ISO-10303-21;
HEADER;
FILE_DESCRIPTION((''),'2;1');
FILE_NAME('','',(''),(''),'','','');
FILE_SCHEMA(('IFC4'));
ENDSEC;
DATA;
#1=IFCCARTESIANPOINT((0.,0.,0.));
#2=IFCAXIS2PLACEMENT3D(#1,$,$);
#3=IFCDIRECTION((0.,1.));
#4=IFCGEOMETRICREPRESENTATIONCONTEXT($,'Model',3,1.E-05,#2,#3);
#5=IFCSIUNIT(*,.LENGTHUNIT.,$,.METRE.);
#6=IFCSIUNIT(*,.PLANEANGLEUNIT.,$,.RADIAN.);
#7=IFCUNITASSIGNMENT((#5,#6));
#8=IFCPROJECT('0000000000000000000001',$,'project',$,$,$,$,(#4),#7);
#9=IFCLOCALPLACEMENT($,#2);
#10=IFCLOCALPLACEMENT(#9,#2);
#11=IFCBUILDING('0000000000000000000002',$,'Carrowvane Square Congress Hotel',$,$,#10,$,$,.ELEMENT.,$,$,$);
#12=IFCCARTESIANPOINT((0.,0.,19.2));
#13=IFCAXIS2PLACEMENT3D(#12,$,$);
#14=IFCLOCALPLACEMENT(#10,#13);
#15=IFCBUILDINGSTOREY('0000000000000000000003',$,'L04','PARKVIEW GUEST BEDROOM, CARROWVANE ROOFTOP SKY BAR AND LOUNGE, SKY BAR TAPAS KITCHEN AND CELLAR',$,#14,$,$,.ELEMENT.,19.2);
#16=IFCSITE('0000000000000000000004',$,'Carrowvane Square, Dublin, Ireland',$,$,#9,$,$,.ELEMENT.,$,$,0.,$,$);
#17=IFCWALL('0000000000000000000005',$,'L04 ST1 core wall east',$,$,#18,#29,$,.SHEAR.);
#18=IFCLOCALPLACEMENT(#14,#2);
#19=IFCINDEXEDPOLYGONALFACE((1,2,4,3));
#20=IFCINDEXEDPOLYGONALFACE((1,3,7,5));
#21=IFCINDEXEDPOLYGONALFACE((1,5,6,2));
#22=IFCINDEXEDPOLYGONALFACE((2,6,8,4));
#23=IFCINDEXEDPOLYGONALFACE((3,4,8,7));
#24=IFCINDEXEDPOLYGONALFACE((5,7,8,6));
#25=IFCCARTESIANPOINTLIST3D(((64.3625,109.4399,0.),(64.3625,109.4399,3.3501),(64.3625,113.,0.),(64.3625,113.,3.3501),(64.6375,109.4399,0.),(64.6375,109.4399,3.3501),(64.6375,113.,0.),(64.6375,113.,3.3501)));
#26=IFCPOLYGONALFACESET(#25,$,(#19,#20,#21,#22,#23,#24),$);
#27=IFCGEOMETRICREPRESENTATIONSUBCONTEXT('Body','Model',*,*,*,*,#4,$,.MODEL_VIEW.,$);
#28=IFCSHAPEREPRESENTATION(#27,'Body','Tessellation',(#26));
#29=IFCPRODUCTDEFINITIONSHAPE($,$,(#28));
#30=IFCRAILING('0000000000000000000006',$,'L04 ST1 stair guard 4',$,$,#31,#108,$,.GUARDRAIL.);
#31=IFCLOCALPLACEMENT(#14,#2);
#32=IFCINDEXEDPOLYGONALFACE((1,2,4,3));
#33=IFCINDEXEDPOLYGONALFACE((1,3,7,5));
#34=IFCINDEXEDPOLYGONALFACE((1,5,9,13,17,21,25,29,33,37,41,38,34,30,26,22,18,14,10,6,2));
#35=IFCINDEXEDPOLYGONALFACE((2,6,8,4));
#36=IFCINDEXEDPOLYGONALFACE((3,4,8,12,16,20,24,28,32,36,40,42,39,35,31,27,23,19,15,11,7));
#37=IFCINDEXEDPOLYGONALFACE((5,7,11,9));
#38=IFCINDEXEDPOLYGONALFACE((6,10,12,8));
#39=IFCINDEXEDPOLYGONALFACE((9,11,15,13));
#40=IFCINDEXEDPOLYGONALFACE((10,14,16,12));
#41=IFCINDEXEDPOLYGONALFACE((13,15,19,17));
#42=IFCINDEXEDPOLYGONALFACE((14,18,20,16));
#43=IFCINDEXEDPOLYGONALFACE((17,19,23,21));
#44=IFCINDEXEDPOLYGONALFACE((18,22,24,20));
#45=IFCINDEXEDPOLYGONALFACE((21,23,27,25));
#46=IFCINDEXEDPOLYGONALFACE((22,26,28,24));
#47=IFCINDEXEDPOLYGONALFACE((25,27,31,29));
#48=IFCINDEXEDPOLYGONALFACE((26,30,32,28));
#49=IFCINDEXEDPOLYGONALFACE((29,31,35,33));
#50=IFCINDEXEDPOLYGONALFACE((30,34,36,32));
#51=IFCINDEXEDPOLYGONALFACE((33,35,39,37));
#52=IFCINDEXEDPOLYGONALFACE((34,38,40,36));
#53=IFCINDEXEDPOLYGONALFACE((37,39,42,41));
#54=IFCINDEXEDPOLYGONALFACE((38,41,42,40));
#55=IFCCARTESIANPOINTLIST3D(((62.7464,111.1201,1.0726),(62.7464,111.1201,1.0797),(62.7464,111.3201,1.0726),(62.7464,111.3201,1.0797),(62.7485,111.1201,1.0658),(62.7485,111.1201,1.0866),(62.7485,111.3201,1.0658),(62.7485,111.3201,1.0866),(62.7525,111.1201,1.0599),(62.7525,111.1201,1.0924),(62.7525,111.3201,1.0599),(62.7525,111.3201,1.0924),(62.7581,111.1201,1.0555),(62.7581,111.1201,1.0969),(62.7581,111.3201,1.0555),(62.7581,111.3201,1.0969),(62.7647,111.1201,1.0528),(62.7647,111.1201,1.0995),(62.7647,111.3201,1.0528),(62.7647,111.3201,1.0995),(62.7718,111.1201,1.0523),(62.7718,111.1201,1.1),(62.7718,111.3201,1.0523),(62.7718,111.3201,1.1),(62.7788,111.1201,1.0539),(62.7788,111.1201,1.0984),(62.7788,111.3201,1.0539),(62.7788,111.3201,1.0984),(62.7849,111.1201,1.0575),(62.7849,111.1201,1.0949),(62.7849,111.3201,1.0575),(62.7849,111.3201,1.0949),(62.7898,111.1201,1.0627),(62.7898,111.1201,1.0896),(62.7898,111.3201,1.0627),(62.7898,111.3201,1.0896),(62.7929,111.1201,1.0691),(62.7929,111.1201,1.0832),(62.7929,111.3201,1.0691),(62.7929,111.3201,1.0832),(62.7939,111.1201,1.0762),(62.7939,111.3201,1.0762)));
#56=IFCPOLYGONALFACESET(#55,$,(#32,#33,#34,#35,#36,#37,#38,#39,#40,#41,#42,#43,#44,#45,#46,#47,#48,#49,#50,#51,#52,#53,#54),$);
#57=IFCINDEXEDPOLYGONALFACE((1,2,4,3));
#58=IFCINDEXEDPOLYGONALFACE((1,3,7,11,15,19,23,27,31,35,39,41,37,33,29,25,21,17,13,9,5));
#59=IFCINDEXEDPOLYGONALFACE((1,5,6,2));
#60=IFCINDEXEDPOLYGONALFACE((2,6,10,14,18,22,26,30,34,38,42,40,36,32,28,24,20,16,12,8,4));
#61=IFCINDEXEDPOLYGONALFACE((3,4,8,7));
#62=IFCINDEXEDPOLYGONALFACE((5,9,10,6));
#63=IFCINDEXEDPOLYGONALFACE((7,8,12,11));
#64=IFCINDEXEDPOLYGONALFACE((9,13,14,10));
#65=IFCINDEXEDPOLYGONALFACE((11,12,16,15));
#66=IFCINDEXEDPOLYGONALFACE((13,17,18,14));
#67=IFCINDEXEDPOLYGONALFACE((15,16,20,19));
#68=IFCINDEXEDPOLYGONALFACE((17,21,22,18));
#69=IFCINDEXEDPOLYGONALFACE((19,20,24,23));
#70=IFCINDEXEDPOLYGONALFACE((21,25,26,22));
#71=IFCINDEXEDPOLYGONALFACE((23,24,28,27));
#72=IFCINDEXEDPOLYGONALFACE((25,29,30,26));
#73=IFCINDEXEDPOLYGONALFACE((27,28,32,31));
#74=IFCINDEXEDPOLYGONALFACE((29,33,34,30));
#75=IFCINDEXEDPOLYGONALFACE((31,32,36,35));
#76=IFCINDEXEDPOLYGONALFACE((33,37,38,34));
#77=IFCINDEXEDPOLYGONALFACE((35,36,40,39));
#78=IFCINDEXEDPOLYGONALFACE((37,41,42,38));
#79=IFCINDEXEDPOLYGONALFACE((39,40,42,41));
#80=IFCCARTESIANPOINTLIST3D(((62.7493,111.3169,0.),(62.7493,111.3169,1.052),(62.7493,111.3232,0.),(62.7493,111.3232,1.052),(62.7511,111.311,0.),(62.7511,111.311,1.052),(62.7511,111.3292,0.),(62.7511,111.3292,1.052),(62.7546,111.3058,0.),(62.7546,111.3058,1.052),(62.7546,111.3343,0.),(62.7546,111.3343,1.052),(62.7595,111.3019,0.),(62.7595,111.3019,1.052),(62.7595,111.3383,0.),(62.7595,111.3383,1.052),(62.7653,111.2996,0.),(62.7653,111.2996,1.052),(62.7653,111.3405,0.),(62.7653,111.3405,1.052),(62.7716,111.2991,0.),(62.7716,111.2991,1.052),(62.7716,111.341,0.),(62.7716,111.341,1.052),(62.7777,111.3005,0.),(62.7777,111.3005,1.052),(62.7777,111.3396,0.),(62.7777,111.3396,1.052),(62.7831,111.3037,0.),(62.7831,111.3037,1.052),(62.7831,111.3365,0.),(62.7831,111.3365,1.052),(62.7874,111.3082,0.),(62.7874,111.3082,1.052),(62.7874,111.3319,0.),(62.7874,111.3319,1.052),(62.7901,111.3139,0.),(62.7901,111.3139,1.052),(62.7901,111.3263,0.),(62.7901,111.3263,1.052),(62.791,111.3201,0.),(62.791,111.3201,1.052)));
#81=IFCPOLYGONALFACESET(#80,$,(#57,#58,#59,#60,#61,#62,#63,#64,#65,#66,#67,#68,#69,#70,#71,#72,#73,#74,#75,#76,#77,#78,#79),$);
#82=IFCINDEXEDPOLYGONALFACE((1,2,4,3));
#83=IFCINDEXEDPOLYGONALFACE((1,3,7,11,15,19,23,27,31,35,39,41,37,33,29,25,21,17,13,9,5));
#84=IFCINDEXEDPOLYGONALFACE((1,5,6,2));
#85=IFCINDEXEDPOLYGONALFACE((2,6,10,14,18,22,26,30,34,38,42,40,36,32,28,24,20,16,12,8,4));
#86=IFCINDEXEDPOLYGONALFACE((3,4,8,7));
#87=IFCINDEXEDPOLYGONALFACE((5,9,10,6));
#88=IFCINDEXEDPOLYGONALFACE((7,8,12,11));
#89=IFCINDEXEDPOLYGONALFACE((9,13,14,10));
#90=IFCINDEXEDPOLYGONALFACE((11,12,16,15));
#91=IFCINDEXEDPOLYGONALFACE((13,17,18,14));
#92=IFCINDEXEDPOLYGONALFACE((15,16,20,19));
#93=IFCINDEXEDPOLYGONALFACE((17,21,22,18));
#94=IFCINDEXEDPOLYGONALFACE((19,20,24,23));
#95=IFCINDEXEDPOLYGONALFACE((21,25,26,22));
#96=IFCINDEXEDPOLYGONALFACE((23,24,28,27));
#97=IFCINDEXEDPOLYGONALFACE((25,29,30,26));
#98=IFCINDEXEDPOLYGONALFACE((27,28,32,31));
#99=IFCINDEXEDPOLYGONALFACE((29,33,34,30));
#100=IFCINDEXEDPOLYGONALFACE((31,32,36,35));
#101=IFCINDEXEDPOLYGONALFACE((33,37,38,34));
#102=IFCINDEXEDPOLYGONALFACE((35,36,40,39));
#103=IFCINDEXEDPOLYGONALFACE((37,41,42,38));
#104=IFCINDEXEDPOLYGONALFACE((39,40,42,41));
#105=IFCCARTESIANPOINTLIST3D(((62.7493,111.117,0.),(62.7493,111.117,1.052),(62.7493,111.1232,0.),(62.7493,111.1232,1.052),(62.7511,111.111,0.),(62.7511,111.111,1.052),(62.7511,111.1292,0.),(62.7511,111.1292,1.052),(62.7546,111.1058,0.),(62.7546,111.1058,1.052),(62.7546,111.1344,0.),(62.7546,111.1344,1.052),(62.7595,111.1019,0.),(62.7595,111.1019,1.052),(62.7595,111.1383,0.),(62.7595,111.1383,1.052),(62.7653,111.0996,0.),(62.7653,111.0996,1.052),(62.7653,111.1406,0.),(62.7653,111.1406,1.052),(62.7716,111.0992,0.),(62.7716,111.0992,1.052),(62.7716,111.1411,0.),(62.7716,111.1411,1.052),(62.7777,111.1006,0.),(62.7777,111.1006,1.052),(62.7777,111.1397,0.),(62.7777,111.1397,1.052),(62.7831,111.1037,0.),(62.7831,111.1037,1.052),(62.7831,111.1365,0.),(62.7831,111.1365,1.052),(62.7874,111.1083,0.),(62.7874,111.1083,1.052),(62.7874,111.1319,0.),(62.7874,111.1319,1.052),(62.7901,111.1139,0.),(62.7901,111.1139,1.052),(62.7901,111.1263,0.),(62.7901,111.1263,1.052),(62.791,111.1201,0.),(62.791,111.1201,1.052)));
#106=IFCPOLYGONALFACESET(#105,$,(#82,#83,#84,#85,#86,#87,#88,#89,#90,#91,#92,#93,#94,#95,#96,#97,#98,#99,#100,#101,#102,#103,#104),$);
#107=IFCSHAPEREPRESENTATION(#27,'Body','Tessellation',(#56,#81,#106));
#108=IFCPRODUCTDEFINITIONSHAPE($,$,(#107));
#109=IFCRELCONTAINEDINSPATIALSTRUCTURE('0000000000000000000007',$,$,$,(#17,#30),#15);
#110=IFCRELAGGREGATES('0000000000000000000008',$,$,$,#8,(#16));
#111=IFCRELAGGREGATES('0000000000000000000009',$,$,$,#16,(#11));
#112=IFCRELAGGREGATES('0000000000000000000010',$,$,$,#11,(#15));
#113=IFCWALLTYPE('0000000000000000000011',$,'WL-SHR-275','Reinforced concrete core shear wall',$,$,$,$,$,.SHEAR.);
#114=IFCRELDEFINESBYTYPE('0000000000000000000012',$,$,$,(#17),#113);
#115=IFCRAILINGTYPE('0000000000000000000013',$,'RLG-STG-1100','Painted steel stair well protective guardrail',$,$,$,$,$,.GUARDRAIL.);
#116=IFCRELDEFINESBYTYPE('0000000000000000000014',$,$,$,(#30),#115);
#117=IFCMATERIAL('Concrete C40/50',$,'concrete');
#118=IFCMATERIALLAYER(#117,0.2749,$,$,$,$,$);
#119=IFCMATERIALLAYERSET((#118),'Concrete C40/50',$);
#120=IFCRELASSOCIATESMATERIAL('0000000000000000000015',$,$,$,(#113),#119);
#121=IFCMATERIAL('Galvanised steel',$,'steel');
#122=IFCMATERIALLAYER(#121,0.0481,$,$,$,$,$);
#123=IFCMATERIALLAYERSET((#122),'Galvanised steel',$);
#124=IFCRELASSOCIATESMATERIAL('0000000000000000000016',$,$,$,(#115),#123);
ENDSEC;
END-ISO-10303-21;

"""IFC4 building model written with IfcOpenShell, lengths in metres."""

from ifc_helpers import new_model, si_unit, direction, frame, frame_2d, origin, origin_2d, place, context, subcontext, project, spatial, rectangle, circle, extrude, material, layer, layer_set, type_object, element, save


model = new_model("IFC4")

# Units and contexts
model_context = context("Model", 3, precision=1e-05, world=origin(), true_north=direction((0.0, 1.0)))
body_context = subcontext(model_context, "Body", "Model", "MODEL_VIEW")
ifc_project = project(units=[si_unit("LENGTHUNIT", "METRE"), si_unit("PLANEANGLEUNIT", "RADIAN")], contexts=[model_context])

# Site, building, storey
site_placement = place(None, origin())
site = spatial("IfcSite", under=ifc_project, at=site_placement, Name="Carrowvane Square, Dublin, Ireland", CompositionType="ELEMENT", RefElevation=0.0)
building_placement = place(site_placement, origin())
building = spatial("IfcBuilding", under=site, at=building_placement, Name="Carrowvane Square Congress Hotel", CompositionType="ELEMENT")
storey_placement = place(building_placement, frame((0.0, 0.0, 19.2)))
storey = spatial("IfcBuildingStorey", under=building, at=storey_placement, Name="L04", Description="PARKVIEW GUEST BEDROOM, CARROWVANE ROOFTOP SKY BAR AND LOUNGE, SKY BAR TAPAS KITCHEN AND CELLAR", CompositionType="ELEMENT", Elevation=19.2)

# Wall
ifc_material_1 = material(Name="Concrete C40/50", Category="concrete")
ifc_layer_1 = layer(ifc_material_1, 0.2749)
ifc_layer_set_1 = layer_set([ifc_layer_1], Name="Concrete C40/50")
wall_type_1 = type_object("IfcWallType", Name="WL-SHR-275", Description="Reinforced concrete core shear wall", PredefinedType="SHEAR", material=ifc_layer_set_1)
wall_1_placement = place(storey_placement, frame((64.5, 109.4399, 0.0), z_axis=(0.0, 0.0, 1.0), x_axis=(0.0, 1.0, 0.0)))
element("IfcWall", 1, at=wall_1_placement, inside=storey, type_object=wall_type_1, Name="L04 ST1 core wall east", PredefinedType="SHEAR", context=body_context, shape_type="SweptSolid", body=[
    extrude(rectangle(XDim=3.5601, YDim=0.2749, at=frame_2d((1.78, 0.0))), origin(), (0.0, 0.0, 1.0), 3.3501),
])

# Railing
ifc_material_2 = material(Name="Galvanised steel", Category="steel")
ifc_layer_2 = layer(ifc_material_2, 0.0481)
ifc_layer_set_2 = layer_set([ifc_layer_2], Name="Galvanised steel")
railing_type = type_object("IfcRailingType", Name="RLG-STG-1100", Description="Painted steel stair well protective guardrail", PredefinedType="GUARDRAIL", material=ifc_layer_set_2)
railing_placement = place(storey_placement, frame((62.77, 111.3201, 0.0)))
element("IfcRailing", 2, at=railing_placement, inside=storey, type_object=railing_type, Name="L04 ST1 stair guard 4", PredefinedType="GUARDRAIL", context=body_context, shape_type="SweptSolid", body=[
    extrude(circle(Radius=0.0239, at=origin_2d()), frame((0.0, 0.0, 1.0762), z_axis=(0.0, -1.0, 0.0), x_axis=(1.0, 0.0, 0.0)), (0.0, 0.0, 1.0), 0.2),
    extrude(circle(Radius=0.021, at=origin_2d()), origin(), (0.0, 0.0, 1.0), 1.052),
    extrude(circle(Radius=0.021, at=origin_2d()), frame((0.0, -0.2, 0.0)), (0.0, 0.0, 1.0), 1.052),
])

save(model, "model.ifc")
